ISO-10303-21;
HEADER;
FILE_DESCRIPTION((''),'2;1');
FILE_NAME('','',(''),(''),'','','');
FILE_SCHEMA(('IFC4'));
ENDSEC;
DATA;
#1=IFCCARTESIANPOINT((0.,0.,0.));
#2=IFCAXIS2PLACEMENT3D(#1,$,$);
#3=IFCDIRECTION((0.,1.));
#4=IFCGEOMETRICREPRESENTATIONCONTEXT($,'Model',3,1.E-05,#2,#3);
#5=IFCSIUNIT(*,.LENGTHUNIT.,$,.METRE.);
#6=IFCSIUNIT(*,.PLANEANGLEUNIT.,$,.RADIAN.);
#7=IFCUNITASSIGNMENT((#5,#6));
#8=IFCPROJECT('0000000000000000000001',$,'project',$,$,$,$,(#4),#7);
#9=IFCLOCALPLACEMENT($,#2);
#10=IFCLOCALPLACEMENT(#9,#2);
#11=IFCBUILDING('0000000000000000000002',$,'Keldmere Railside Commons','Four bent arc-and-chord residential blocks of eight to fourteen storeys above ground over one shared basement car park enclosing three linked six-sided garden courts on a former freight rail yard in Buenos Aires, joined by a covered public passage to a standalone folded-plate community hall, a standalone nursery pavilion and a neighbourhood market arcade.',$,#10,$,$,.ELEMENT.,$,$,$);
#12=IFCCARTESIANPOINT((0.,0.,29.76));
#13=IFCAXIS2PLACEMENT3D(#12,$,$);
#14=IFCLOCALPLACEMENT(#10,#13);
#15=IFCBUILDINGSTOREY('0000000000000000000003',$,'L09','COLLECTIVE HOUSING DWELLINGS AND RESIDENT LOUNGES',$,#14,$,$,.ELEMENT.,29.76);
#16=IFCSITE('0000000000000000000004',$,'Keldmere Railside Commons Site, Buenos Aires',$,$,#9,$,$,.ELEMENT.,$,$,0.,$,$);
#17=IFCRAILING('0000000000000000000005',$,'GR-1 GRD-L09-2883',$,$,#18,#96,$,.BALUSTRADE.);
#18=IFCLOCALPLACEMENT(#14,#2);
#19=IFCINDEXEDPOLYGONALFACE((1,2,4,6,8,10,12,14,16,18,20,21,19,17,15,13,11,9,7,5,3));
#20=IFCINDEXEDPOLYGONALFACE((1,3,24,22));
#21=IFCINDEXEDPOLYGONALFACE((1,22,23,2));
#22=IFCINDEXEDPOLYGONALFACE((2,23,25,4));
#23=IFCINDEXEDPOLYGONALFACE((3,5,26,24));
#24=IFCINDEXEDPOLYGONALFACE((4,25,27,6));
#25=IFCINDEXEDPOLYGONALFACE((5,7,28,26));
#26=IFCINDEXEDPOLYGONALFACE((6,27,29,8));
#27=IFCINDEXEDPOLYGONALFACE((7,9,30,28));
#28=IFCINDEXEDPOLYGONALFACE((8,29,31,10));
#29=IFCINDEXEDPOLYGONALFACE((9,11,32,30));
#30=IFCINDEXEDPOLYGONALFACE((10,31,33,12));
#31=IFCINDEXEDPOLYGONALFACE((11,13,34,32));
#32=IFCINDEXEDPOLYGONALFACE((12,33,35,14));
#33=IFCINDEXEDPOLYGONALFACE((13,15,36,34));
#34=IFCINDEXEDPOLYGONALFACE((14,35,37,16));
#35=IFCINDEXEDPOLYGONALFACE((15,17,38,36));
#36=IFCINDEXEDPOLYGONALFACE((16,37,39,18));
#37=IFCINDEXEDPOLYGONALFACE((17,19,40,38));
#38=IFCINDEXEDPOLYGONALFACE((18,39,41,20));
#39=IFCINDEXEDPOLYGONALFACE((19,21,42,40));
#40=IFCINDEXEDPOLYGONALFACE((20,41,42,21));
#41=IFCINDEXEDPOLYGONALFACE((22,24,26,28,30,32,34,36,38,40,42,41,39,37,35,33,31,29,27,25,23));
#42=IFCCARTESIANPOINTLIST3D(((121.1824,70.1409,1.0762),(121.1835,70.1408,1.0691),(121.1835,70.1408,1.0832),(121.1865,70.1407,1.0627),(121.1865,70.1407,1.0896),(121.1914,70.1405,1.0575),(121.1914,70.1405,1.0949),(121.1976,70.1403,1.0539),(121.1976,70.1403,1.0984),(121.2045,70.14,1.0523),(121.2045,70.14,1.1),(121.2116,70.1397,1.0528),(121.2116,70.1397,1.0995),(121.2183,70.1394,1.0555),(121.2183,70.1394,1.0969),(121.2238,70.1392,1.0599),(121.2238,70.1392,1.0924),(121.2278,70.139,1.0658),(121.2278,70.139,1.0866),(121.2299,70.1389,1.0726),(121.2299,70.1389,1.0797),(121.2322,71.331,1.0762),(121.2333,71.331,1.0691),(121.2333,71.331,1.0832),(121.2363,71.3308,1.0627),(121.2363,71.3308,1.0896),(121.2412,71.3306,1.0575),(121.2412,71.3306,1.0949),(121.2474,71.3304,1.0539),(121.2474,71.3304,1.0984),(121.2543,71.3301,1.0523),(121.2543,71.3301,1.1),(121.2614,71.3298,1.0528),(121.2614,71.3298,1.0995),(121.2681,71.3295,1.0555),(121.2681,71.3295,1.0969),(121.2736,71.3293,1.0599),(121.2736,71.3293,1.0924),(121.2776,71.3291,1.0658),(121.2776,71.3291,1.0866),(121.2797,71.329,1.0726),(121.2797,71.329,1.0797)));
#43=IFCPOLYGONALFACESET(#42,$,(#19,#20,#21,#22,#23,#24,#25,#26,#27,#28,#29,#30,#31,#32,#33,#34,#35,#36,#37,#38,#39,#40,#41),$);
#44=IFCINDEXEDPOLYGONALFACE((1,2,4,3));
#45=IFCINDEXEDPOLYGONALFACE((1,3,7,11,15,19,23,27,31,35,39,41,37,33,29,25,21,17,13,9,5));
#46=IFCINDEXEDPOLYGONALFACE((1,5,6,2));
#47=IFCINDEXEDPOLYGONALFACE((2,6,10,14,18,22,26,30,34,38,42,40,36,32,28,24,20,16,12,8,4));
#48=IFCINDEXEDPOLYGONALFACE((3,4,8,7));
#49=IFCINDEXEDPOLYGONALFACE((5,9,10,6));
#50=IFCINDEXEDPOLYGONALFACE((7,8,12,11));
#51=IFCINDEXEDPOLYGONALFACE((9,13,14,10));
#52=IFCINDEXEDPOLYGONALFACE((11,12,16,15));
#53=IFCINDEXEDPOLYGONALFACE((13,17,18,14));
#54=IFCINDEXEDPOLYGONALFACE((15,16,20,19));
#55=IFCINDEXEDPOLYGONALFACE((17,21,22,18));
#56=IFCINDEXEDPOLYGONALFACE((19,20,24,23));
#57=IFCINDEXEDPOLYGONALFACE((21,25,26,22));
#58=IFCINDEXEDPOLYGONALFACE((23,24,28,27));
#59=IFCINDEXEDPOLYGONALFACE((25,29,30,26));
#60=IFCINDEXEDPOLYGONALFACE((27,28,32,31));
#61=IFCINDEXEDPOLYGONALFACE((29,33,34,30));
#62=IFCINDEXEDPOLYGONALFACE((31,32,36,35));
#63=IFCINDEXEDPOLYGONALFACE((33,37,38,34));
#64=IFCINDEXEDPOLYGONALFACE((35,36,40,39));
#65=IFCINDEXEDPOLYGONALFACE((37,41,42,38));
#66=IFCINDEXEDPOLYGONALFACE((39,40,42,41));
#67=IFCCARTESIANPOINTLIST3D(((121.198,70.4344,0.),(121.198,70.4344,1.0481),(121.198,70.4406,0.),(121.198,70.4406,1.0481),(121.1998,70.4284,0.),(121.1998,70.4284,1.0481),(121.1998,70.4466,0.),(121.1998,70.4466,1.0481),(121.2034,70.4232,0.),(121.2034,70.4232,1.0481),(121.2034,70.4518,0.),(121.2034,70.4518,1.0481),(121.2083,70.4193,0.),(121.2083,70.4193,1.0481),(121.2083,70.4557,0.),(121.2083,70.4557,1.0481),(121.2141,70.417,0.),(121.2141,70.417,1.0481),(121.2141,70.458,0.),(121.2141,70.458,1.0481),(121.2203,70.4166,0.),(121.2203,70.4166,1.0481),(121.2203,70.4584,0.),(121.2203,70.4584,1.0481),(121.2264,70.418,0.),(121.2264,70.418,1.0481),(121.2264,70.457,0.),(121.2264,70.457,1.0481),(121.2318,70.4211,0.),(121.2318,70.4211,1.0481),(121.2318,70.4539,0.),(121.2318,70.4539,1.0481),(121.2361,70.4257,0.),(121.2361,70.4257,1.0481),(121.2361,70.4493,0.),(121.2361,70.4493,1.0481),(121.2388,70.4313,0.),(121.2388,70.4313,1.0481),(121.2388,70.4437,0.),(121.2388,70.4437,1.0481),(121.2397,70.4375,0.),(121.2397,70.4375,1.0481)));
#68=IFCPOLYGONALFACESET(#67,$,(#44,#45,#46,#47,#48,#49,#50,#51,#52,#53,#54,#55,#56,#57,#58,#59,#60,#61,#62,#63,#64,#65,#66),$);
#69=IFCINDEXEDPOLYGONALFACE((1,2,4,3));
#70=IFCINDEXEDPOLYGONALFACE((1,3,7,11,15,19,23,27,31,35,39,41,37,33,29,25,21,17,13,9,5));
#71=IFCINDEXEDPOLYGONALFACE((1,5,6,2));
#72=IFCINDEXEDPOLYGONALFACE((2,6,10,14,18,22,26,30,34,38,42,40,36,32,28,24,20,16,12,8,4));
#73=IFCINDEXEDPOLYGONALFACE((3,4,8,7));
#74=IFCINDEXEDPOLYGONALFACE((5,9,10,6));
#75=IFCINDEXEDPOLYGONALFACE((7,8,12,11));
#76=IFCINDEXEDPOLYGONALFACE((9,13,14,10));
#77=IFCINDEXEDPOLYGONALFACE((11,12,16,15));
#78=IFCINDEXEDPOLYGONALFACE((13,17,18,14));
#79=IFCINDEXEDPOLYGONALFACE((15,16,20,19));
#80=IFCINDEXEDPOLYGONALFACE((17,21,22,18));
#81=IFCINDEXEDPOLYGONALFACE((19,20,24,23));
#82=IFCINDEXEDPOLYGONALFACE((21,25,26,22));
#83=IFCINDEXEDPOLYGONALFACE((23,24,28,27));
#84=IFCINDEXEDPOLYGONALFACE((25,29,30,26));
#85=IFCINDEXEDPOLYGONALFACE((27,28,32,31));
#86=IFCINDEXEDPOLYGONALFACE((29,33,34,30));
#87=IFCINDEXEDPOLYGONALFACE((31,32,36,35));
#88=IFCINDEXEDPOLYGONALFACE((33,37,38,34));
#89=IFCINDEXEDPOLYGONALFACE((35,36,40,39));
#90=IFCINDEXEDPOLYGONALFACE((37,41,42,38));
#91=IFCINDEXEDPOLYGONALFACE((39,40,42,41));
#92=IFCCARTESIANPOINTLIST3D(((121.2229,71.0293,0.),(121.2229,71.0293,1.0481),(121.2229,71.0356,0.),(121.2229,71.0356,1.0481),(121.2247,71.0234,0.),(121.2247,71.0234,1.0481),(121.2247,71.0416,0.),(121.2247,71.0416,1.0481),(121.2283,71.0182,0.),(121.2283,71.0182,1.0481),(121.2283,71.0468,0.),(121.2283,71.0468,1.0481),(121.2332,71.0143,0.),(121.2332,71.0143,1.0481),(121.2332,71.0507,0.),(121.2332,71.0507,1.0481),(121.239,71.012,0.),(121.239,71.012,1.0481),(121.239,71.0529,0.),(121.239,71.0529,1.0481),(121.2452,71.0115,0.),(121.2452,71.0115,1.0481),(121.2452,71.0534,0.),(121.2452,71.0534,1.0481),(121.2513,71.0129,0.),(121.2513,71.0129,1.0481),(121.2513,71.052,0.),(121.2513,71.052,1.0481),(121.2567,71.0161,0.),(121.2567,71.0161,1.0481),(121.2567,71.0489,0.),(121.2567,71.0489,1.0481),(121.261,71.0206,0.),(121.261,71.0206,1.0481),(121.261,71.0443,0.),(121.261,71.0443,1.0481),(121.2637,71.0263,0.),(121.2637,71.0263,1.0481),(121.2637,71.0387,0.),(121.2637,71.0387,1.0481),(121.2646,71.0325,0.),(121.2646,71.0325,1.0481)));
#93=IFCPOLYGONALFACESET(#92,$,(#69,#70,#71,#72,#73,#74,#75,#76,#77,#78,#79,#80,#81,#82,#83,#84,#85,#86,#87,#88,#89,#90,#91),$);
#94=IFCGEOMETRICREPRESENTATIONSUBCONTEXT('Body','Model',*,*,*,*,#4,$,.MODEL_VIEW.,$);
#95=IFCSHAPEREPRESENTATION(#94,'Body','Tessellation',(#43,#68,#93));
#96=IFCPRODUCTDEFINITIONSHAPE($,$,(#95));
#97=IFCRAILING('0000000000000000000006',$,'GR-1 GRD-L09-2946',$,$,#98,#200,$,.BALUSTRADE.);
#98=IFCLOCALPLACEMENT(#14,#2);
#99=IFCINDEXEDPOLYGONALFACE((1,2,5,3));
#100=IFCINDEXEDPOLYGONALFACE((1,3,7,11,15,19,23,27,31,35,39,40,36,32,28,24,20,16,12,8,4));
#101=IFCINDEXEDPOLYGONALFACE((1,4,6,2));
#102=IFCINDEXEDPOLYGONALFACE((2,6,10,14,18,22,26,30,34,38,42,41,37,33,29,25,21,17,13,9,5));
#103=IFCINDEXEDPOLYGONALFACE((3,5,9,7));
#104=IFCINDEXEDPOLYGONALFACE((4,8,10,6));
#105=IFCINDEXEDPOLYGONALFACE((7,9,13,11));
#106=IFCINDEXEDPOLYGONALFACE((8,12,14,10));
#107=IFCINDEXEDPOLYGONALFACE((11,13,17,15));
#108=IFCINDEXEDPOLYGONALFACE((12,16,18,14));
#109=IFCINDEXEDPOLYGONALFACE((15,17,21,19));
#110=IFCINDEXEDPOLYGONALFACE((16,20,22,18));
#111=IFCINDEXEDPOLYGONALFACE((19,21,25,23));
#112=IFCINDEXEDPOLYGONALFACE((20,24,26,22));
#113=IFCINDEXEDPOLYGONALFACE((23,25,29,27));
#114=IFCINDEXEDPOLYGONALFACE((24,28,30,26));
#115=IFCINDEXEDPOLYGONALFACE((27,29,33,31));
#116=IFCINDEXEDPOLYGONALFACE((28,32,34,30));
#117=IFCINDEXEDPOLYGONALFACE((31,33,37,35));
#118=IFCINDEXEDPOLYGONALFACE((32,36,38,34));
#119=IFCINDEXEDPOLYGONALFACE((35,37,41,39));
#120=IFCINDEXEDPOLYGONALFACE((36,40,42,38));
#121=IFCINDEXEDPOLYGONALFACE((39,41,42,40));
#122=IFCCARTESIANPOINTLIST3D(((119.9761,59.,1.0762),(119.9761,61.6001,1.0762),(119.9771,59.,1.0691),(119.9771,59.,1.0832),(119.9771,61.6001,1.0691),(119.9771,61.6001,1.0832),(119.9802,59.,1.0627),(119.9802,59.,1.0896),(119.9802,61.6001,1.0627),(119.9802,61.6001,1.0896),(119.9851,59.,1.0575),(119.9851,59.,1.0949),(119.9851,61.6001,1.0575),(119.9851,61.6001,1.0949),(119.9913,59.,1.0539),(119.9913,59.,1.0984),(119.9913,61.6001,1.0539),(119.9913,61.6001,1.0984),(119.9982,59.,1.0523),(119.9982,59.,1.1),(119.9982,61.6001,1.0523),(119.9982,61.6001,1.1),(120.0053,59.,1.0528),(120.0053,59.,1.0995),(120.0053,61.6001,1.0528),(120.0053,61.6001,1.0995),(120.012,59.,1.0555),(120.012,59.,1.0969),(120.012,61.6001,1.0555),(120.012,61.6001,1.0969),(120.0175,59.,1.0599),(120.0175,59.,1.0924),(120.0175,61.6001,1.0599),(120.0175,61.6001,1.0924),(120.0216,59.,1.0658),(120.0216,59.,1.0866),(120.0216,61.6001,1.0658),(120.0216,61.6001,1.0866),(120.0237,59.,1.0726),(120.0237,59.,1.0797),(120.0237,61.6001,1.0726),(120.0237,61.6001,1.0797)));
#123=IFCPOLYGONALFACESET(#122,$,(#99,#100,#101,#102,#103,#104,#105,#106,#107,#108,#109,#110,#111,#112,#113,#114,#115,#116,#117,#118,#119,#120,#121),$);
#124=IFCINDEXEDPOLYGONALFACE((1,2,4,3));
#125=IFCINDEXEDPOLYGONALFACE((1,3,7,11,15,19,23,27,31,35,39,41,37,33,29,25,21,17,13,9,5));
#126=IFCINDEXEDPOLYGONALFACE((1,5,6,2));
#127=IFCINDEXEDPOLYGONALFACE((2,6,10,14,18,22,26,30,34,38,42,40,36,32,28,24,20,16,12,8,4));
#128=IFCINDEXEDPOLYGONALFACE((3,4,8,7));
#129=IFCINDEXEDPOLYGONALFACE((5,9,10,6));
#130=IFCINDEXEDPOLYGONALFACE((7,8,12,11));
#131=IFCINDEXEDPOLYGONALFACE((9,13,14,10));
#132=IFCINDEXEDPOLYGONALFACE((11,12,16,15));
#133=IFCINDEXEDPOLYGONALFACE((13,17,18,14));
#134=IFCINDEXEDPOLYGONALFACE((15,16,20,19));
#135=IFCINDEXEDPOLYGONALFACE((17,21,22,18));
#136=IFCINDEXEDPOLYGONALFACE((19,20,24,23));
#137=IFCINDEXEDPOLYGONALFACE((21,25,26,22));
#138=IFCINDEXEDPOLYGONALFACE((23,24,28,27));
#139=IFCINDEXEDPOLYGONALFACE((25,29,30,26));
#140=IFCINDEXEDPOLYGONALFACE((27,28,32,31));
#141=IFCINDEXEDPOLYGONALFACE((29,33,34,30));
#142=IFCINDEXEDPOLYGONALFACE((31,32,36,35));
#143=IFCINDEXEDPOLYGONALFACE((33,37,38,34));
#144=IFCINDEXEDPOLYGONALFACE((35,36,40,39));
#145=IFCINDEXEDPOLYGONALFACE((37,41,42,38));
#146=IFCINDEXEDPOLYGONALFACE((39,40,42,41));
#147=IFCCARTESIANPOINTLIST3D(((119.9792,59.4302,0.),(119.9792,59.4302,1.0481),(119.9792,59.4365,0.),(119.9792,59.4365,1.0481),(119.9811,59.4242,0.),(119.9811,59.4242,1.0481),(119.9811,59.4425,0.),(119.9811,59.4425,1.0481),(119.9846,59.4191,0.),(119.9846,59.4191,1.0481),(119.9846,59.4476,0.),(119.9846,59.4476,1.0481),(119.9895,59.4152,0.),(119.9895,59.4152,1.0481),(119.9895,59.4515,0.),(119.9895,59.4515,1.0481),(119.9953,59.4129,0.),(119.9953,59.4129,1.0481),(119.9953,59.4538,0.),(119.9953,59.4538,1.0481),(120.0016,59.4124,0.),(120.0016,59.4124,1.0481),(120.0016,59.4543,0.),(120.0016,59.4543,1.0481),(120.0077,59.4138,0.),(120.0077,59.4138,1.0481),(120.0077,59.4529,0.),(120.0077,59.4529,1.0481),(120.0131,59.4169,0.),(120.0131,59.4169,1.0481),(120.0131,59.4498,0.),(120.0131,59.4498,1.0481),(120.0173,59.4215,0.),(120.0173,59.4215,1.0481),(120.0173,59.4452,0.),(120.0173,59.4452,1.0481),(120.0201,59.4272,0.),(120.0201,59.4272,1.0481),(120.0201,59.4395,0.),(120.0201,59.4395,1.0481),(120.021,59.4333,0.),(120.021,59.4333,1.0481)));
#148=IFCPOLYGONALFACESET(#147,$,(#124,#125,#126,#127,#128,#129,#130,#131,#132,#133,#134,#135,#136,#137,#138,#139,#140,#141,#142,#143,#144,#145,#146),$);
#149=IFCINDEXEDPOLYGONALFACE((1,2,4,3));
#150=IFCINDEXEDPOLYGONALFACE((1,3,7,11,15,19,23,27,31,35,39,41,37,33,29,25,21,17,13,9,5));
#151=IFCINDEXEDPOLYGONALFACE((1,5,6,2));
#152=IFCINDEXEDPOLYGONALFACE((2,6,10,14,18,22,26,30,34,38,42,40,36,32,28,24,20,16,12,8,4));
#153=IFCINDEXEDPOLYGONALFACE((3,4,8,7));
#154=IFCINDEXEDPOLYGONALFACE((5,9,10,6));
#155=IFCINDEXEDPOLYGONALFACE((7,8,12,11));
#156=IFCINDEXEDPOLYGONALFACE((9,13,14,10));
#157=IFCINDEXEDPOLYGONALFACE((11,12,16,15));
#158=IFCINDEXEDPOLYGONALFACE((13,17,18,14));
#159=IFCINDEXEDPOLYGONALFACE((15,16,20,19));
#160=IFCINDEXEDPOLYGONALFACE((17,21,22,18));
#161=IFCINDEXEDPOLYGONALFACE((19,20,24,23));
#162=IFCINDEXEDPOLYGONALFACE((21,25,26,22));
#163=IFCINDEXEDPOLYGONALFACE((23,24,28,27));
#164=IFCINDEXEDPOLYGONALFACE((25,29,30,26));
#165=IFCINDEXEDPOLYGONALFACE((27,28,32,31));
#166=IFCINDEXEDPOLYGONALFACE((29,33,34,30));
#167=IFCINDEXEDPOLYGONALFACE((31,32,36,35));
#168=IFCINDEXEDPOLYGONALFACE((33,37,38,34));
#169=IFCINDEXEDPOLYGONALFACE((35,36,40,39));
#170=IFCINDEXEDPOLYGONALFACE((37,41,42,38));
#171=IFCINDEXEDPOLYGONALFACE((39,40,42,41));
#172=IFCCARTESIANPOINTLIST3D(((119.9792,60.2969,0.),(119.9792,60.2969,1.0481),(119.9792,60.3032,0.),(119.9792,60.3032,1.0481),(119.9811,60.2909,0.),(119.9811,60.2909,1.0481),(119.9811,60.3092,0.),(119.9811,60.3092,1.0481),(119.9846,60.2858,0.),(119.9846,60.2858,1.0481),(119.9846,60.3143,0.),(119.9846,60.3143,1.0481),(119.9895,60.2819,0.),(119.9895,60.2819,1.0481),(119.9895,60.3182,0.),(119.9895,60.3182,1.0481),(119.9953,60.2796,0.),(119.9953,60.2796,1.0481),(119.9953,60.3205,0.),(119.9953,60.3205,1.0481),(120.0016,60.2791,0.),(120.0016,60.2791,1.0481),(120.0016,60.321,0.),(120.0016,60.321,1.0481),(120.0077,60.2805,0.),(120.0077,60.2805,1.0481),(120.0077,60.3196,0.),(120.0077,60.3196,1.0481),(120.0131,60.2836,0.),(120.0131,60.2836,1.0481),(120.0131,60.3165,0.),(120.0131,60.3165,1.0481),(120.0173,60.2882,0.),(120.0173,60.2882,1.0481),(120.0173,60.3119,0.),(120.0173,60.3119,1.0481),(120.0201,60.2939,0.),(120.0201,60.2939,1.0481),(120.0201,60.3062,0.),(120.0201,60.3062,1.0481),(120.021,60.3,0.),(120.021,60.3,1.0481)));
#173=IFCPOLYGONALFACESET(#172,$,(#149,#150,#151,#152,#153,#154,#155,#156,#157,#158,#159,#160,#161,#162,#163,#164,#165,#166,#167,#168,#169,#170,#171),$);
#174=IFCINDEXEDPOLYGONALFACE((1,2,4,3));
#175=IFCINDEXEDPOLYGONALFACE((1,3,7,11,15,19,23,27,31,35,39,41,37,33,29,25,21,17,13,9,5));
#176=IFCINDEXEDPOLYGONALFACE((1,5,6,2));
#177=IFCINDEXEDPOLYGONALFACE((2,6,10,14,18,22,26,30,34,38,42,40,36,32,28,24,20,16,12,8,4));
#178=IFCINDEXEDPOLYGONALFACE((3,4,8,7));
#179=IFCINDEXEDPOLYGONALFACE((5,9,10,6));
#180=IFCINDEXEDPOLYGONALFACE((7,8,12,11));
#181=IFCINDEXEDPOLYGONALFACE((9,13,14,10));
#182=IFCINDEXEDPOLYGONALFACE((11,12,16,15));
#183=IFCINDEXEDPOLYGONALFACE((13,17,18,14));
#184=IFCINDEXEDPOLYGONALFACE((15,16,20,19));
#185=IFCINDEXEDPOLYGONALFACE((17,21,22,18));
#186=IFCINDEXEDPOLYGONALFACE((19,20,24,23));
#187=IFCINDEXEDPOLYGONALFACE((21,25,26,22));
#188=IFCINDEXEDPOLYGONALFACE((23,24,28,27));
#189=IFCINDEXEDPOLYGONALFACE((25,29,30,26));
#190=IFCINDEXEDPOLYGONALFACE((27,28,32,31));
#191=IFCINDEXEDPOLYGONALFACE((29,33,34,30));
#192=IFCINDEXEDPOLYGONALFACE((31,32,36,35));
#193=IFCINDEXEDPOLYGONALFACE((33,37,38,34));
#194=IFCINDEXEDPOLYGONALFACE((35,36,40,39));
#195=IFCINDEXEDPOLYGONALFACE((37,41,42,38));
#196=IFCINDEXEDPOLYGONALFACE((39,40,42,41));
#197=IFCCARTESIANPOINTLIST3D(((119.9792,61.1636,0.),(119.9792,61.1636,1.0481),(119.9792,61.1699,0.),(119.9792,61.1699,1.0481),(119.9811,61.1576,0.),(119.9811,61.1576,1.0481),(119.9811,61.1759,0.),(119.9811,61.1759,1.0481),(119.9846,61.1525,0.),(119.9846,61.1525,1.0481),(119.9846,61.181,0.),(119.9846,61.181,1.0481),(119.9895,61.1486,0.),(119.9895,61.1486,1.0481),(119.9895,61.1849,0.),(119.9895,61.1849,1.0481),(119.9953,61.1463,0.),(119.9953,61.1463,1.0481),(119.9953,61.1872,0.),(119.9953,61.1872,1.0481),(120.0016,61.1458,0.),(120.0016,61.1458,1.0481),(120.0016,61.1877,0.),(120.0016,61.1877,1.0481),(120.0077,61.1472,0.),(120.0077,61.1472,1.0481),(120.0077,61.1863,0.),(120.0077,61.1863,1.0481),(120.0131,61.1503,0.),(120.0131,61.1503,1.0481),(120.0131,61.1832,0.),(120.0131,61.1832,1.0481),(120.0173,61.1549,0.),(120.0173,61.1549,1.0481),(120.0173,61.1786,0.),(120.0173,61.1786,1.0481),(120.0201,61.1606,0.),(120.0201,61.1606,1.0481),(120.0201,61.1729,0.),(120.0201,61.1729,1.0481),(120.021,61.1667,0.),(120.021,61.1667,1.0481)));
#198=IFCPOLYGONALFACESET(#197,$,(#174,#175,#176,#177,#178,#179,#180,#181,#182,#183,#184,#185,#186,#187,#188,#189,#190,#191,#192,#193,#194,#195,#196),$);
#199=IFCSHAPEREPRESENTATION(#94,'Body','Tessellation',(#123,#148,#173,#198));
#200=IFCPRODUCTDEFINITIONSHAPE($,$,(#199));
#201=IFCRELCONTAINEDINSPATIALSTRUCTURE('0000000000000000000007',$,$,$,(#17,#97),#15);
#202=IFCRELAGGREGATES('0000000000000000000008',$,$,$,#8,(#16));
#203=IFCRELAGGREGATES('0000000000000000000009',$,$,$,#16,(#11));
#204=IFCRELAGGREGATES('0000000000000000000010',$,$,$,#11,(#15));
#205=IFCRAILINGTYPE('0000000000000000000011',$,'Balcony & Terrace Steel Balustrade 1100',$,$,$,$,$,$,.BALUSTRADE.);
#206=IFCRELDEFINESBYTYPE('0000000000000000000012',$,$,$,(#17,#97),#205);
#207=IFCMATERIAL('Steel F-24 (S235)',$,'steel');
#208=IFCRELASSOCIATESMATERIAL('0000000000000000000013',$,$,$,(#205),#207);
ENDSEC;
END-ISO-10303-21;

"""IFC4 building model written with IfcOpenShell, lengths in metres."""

from ifc_helpers import new_model, si_unit, direction, frame, origin, origin_2d, place, context, subcontext, project, spatial, circle, extrude, material, type_object, element, save


model = new_model("IFC4")

# Units and contexts
model_context = context("Model", 3, precision=1e-05, world=origin(), true_north=direction((0.0, 1.0)))
body_context = subcontext(model_context, "Body", "Model", "MODEL_VIEW")
ifc_project = project(units=[si_unit("LENGTHUNIT", "METRE"), si_unit("PLANEANGLEUNIT", "RADIAN")], contexts=[model_context])

# Site, building, storey
site_placement = place(None, origin())
site = spatial("IfcSite", under=ifc_project, at=site_placement, Name="Keldmere Railside Commons Site, Buenos Aires", CompositionType="ELEMENT", RefElevation=0.0)
building_placement = place(site_placement, origin())
building = spatial("IfcBuilding", under=site, at=building_placement, Name="Keldmere Railside Commons", Description="Four bent arc-and-chord residential blocks of eight to fourteen storeys above ground over one shared basement car park enclosing three linked six-sided garden courts on a former freight rail yard in Buenos Aires, joined by a covered public passage to a standalone folded-plate community hall, a standalone nursery pavilion and a neighbourhood market arcade.", CompositionType="ELEMENT")
storey_placement = place(building_placement, frame((0.0, 0.0, 29.76)))
storey = spatial("IfcBuildingStorey", under=building, at=storey_placement, Name="L09", Description="COLLECTIVE HOUSING DWELLINGS AND RESIDENT LOUNGES", CompositionType="ELEMENT", Elevation=29.76)

# Railings
ifc_material_1 = material(Name="Steel F-24 (S235)", Category="steel")
railing_type = type_object("IfcRailingType", Name="Balcony & Terrace Steel Balustrade 1100", PredefinedType="BALUSTRADE", material=ifc_material_1)
railing_1_placement = place(storey_placement, frame((121.2063, 70.1399, 0.0)))
element("IfcRailing", 1, at=railing_1_placement, inside=storey, type_object=railing_type, Name="GR-1 GRD-L09-2883", PredefinedType="BALUSTRADE", context=body_context, shape_type="SweptSolid", body=[
    extrude(circle(Radius=0.0239, at=origin_2d()), frame((0.0, 0.0, 1.0762), z_axis=(0.04181, 0.999126, 0.0), x_axis=(-0.999126, 0.04181, 0.0)), (0.0, 0.0, 1.0), 1.1912),
    extrude(circle(Radius=0.021, at=origin_2d()), frame((0.0125, 0.2976, 0.0)), (0.0, 0.0, 1.0), 1.0481),
    extrude(circle(Radius=0.021, at=origin_2d()), frame((0.0374, 0.8926, 0.0)), (0.0, 0.0, 1.0), 1.0481),
])
railing_2_placement = place(storey_placement, frame((120.0, 59.0, 0.0)))
element("IfcRailing", 2, at=railing_2_placement, inside=storey, type_object=railing_type, Name="GR-1 GRD-L09-2946", PredefinedType="BALUSTRADE", context=body_context, shape_type="SweptSolid", body=[
    extrude(circle(Radius=0.0239, at=origin_2d()), frame((0.0, 0.0, 1.0762), z_axis=(0.0, 1.0, 0.0), x_axis=(-1.0, 0.0, 0.0)), (0.0, 0.0, 1.0), 2.6001),
    extrude(circle(Radius=0.021, at=origin_2d()), frame((0.0, 0.4333, 0.0)), (0.0, 0.0, 1.0), 1.0481),
    extrude(circle(Radius=0.021, at=origin_2d()), frame((0.0, 1.3, 0.0)), (0.0, 0.0, 1.0), 1.0481),
    extrude(circle(Radius=0.021, at=origin_2d()), frame((0.0, 2.1667, 0.0)), (0.0, 0.0, 1.0), 1.0481),
])

save(model, "model.ifc")
